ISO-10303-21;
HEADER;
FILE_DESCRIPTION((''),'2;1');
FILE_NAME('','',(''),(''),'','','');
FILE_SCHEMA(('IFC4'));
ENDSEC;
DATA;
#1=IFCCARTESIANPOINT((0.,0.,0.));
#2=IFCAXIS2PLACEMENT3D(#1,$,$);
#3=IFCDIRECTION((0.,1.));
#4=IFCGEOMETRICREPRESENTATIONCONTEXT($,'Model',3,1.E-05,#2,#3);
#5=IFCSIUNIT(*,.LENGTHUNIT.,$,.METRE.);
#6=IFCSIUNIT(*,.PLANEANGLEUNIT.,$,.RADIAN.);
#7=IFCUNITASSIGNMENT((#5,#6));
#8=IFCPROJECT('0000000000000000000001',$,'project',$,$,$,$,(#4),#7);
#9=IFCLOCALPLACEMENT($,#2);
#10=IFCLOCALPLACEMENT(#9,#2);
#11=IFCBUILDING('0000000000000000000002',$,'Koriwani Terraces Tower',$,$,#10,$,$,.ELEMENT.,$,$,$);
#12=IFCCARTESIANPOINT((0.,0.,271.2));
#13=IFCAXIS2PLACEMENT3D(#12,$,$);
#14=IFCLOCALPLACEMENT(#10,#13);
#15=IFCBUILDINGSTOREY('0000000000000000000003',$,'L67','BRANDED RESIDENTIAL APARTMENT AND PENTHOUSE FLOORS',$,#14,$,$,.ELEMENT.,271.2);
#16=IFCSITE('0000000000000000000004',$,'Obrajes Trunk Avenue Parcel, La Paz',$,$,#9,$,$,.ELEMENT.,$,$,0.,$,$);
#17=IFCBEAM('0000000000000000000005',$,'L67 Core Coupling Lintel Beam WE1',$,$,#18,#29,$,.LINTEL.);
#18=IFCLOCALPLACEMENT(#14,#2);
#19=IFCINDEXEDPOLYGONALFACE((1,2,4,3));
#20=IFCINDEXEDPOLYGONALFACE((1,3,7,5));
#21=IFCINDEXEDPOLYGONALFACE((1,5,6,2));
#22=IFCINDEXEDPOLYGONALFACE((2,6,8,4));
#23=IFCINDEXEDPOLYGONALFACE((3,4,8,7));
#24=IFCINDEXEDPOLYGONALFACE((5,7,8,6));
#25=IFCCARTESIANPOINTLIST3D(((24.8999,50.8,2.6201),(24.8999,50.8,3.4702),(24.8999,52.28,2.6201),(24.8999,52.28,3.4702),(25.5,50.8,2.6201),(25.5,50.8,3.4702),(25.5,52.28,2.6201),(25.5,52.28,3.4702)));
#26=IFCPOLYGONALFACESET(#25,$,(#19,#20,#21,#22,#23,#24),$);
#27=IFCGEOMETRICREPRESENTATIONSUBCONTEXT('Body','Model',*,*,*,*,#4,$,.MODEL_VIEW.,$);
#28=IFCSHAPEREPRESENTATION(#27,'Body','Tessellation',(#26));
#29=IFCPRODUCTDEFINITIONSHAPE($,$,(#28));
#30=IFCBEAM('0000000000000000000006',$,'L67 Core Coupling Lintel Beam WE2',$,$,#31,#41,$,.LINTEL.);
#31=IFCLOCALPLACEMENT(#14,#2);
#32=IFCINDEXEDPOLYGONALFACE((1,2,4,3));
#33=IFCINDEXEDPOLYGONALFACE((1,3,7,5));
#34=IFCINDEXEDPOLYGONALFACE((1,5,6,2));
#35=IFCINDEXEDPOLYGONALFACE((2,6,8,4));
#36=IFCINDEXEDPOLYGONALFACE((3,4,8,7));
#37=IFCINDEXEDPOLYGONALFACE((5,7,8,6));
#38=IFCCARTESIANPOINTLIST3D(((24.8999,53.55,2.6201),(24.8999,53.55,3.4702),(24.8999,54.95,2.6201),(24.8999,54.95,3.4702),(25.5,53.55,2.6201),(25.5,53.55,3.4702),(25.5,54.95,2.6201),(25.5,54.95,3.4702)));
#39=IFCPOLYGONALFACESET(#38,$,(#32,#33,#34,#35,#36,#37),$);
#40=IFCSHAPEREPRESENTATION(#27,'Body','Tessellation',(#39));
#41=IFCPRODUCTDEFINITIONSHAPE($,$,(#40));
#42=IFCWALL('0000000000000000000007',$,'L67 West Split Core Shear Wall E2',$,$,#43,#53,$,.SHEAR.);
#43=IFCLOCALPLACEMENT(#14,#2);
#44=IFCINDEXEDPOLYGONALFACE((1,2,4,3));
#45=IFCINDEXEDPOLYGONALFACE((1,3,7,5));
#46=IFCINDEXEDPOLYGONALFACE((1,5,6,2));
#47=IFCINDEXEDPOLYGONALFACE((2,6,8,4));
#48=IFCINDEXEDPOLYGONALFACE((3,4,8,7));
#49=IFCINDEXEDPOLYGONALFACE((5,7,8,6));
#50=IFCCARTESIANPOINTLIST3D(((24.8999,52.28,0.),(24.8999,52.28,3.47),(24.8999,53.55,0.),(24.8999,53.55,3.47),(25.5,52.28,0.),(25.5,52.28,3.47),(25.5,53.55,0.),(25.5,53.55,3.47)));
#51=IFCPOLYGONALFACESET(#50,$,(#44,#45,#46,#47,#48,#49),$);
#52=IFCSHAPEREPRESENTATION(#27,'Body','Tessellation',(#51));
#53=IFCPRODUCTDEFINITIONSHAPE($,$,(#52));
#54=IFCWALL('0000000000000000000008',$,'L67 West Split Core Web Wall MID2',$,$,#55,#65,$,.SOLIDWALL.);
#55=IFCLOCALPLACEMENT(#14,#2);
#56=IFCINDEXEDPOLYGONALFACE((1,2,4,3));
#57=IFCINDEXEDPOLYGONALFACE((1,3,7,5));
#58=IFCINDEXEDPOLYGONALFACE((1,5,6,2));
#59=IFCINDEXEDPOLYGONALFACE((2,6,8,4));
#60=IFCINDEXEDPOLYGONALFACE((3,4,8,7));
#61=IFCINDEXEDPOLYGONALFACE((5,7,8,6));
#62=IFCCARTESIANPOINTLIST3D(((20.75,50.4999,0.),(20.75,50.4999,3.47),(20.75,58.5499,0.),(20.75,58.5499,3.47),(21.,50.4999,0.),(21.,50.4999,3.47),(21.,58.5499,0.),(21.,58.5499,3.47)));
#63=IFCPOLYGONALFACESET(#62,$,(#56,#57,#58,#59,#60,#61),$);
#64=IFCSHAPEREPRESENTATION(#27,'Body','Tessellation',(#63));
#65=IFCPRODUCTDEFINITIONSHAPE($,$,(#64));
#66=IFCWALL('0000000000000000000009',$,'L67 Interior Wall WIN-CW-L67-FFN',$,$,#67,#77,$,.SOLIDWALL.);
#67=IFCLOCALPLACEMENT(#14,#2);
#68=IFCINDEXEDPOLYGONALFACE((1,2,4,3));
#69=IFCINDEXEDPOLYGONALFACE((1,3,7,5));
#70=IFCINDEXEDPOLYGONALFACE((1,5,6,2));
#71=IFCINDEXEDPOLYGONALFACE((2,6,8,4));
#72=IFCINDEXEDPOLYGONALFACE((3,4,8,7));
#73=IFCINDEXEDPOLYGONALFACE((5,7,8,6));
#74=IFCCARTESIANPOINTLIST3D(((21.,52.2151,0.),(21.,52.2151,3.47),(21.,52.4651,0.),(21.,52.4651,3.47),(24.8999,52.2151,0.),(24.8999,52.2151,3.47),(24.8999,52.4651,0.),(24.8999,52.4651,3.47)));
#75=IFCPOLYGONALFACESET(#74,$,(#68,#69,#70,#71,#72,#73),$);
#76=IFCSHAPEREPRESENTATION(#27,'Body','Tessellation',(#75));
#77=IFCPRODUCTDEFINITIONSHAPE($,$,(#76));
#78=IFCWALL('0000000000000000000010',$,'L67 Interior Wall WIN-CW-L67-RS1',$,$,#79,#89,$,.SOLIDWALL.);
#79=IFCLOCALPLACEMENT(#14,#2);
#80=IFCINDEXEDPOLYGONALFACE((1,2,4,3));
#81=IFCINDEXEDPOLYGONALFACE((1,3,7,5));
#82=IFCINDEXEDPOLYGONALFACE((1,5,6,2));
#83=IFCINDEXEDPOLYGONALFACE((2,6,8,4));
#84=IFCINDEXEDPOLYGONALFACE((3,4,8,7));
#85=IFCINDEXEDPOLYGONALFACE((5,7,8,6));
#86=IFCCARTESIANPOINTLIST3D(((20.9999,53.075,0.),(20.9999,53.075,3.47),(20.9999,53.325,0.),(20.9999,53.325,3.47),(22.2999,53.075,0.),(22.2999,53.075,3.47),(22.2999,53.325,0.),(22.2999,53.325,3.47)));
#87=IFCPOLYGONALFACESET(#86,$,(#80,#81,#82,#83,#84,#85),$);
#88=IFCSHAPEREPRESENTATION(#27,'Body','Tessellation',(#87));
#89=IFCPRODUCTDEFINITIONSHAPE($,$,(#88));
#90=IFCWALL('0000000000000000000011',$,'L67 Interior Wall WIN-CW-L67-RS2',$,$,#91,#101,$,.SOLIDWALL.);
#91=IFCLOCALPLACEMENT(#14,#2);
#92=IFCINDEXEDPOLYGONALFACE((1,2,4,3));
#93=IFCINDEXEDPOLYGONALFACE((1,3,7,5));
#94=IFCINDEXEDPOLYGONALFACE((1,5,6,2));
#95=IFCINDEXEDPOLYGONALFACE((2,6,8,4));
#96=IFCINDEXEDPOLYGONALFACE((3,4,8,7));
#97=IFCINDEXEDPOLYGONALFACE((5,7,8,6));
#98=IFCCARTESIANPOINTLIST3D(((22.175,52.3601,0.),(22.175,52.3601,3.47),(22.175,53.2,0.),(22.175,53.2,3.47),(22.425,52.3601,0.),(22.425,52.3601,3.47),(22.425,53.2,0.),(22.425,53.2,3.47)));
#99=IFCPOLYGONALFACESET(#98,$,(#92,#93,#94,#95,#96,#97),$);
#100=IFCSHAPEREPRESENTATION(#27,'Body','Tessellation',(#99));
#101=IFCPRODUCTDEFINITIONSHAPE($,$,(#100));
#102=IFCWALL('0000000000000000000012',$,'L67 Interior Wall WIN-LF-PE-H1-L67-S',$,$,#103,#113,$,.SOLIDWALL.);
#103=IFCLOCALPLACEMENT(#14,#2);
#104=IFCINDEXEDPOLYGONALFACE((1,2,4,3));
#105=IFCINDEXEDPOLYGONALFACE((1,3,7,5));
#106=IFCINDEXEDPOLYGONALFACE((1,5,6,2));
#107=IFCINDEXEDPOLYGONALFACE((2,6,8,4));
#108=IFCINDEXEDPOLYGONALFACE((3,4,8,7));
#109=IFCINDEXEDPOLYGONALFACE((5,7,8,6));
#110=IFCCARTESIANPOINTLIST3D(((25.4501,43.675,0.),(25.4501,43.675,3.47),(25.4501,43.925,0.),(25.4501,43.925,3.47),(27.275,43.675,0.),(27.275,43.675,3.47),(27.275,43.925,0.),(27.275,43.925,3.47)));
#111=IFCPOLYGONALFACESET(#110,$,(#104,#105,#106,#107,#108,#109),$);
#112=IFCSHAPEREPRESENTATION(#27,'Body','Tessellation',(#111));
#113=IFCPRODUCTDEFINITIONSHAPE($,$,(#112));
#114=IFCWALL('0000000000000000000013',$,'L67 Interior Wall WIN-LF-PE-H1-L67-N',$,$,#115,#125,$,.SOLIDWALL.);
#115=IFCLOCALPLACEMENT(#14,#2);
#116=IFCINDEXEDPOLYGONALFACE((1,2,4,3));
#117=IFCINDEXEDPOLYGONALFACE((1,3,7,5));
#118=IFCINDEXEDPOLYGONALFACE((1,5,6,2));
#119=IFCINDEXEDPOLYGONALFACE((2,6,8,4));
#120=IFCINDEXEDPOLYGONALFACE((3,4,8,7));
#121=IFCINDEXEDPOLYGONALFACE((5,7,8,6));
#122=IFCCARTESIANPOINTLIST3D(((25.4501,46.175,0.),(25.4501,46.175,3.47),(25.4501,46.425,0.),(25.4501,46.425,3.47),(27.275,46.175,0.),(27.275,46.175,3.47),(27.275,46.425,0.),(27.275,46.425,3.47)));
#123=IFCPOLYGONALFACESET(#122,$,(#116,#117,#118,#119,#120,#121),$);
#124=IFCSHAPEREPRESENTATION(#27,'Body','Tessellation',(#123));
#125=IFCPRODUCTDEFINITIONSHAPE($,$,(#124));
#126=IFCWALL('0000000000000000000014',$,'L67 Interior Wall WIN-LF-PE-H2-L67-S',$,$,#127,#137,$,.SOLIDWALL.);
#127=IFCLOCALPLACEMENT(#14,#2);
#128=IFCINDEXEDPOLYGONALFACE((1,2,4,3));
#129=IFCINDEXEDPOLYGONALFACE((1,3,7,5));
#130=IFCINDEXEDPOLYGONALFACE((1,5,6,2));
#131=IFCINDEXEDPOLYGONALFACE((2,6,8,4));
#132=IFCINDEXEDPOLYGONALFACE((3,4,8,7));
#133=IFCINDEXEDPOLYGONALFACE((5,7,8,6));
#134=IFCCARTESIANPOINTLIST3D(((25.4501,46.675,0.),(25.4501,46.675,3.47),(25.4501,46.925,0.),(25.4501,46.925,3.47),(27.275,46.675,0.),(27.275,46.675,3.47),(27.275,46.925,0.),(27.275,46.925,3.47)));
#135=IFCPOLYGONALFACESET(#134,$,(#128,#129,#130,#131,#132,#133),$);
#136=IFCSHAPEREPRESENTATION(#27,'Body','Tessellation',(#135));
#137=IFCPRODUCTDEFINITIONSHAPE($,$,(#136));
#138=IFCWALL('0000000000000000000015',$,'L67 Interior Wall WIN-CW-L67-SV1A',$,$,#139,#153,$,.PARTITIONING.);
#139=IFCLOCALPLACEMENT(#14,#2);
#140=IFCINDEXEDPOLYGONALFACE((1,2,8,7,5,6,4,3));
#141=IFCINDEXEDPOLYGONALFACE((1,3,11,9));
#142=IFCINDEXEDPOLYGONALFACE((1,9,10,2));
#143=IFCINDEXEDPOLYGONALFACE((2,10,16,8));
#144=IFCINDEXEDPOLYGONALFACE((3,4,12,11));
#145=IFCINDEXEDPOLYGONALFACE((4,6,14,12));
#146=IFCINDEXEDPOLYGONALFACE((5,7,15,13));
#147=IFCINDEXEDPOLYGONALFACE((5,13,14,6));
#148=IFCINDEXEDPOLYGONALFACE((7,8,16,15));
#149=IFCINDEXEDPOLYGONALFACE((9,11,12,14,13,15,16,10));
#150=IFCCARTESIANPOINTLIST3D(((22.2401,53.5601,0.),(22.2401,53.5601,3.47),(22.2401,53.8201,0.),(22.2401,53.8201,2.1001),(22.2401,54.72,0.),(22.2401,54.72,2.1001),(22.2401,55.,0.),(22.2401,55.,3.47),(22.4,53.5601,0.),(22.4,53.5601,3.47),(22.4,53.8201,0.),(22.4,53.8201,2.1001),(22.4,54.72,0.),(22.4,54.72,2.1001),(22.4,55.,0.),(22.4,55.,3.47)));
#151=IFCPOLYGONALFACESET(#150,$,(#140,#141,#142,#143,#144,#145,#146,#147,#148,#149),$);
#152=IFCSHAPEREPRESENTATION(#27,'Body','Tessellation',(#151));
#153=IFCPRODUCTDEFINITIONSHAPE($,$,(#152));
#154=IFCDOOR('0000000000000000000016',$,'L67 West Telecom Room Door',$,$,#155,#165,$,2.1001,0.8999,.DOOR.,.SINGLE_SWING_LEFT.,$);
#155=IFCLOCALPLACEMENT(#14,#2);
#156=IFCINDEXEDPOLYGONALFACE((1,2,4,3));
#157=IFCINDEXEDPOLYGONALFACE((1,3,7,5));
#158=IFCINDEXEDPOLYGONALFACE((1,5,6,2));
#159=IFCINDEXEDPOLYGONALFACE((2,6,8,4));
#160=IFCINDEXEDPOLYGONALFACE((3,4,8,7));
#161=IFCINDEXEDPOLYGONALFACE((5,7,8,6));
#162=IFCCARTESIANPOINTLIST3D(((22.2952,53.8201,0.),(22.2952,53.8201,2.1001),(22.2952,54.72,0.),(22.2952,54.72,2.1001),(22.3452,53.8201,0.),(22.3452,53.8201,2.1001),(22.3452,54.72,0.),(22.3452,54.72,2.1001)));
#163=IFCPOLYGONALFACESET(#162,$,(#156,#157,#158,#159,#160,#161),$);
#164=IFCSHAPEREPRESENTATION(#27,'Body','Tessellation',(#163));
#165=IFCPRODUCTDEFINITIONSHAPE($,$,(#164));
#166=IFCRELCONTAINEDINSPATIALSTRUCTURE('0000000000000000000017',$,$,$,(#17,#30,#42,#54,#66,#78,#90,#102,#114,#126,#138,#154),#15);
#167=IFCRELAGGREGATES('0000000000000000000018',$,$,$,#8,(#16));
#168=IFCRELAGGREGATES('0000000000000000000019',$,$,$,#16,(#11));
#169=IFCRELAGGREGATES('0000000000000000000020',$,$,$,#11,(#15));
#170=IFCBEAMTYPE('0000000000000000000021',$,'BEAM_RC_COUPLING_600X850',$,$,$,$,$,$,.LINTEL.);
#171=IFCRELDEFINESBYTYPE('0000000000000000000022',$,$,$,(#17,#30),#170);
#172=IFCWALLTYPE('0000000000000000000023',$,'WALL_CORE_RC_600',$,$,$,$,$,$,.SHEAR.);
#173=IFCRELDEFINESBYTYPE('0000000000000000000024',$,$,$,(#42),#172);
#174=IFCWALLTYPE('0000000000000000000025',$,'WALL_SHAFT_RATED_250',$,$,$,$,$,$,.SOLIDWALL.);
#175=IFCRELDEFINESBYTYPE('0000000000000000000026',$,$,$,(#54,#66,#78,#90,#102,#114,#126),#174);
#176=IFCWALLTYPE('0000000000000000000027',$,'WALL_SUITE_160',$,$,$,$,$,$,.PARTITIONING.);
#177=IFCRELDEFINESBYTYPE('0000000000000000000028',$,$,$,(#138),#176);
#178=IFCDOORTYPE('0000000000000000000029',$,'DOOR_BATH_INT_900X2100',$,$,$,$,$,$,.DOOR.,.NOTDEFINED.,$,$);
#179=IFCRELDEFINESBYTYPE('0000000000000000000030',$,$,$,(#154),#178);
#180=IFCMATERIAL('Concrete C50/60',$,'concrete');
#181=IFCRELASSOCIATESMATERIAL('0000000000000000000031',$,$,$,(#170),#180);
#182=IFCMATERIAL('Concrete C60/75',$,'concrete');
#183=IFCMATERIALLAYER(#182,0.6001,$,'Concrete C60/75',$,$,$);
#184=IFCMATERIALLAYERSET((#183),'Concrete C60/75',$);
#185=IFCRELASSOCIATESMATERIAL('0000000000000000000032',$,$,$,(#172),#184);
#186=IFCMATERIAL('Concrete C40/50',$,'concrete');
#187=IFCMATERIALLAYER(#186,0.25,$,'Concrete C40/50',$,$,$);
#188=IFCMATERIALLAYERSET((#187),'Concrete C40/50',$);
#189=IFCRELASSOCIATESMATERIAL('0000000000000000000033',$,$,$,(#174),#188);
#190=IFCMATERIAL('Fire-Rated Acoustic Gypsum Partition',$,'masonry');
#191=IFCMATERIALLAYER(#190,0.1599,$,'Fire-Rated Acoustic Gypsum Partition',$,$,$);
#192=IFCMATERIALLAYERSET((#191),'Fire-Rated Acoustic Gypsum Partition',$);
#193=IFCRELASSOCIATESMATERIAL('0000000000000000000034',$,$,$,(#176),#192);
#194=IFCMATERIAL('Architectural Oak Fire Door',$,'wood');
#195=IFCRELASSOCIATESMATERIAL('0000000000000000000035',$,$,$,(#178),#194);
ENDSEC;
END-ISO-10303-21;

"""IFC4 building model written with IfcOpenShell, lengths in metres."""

from ifc_helpers import new_model, si_unit, direction, frame, frame_2d, origin, origin_2d, place, context, subcontext, project, spatial, rectangle, extrude, material, layer, layer_set, material_profile, profile_set, type_object, element, fill, save


model = new_model("IFC4")

# Units and contexts
model_context = context("Model", 3, precision=1e-05, world=origin(), true_north=direction((0.0, 1.0)))
body_context = subcontext(model_context, "Body", "Model", "MODEL_VIEW")
ifc_project = project(units=[si_unit("LENGTHUNIT", "METRE"), si_unit("PLANEANGLEUNIT", "RADIAN")], contexts=[model_context])

# Site, building, storey
site_placement = place(None, origin())
site = spatial("IfcSite", under=ifc_project, at=site_placement, Name="Obrajes Trunk Avenue Parcel, La Paz", CompositionType="ELEMENT", RefElevation=0.0)
building_placement = place(site_placement, origin())
building = spatial("IfcBuilding", under=site, at=building_placement, Name="Koriwani Terraces Tower", CompositionType="ELEMENT")
storey_placement = place(building_placement, frame((0.0, 0.0, 271.2)))
storey = spatial("IfcBuildingStorey", under=building, at=storey_placement, Name="L67", Description="BRANDED RESIDENTIAL APARTMENT AND PENTHOUSE FLOORS", CompositionType="ELEMENT", Elevation=271.2)

# Beams
ifc_material_1 = material(Name="Concrete C50/60", Category="concrete")
ifc_material_profile = material_profile(ifc_material_1, rectangle(XDim=0.6001, YDim=0.8501, at=origin_2d()), Name="Concrete C50/60", Category="LoadBearing")
ifc_profile_set = profile_set([ifc_material_profile], Name="Concrete C50/60")
beam_type = type_object("IfcBeamType", Name="BEAM_RC_COUPLING_600X850", PredefinedType="LINTEL", material=ifc_profile_set)
beam_1_placement = place(storey_placement, frame((25.2, 50.8, 3.0452), z_axis=(0.0, 1.0, 0.0), x_axis=(-1.0, 0.0, 0.0)))
element("IfcBeam", 1, at=beam_1_placement, inside=storey, type_object=beam_type, Name="L67 Core Coupling Lintel Beam WE1", PredefinedType="LINTEL", context=body_context, shape_type="SweptSolid", body=[
    extrude(rectangle(XDim=0.6001, YDim=0.8501, at=origin_2d()), origin(), (0.0, 0.0, 1.0), 1.48),
])
beam_2_placement = place(storey_placement, frame((25.2, 53.55, 3.0452), z_axis=(0.0, 1.0, 0.0), x_axis=(-1.0, 0.0, 0.0)))
element("IfcBeam", 2, at=beam_2_placement, inside=storey, type_object=beam_type, Name="L67 Core Coupling Lintel Beam WE2", PredefinedType="LINTEL", context=body_context, shape_type="SweptSolid", body=[
    extrude(rectangle(XDim=0.6001, YDim=0.8501, at=origin_2d()), origin(), (0.0, 0.0, 1.0), 1.3999),
])

# Walls
ifc_material_2 = material(Name="Concrete C60/75", Category="concrete")
ifc_layer_1 = layer(ifc_material_2, 0.6001, Name="Concrete C60/75")
ifc_layer_set_1 = layer_set([ifc_layer_1], Name="Concrete C60/75")
wall_type_1 = type_object("IfcWallType", Name="WALL_CORE_RC_600", PredefinedType="SHEAR", material=ifc_layer_set_1)
wall_1_placement = place(storey_placement, frame((25.2, 52.28, 0.0), z_axis=(0.0, 0.0, 1.0), x_axis=(0.0, 1.0, 0.0)))
element("IfcWall", 3, at=wall_1_placement, inside=storey, type_object=wall_type_1, Name="L67 West Split Core Shear Wall E2", PredefinedType="SHEAR", context=body_context, shape_type="SweptSolid", body=[
    extrude(rectangle(XDim=1.27, YDim=0.6001, at=frame_2d((0.635, 0.0))), origin(), (0.0, 0.0, 1.0), 3.47),
])
ifc_material_3 = material(Name="Concrete C40/50", Category="concrete")
ifc_layer_2 = layer(ifc_material_3, 0.25, Name="Concrete C40/50")
ifc_layer_set_2 = layer_set([ifc_layer_2], Name="Concrete C40/50")
wall_type_2 = type_object("IfcWallType", Name="WALL_SHAFT_RATED_250", PredefinedType="SOLIDWALL", material=ifc_layer_set_2)
wall_2_placement = place(storey_placement, frame((20.875, 50.5, 0.0), z_axis=(0.0, 0.0, 1.0), x_axis=(0.0, 1.0, 0.0)))
element("IfcWall", 4, at=wall_2_placement, inside=storey, type_object=wall_type_2, Name="L67 West Split Core Web Wall MID2", PredefinedType="SOLIDWALL", context=body_context, shape_type="SweptSolid", body=[
    extrude(rectangle(XDim=8.05, YDim=0.25, at=frame_2d((4.0249, 0.0))), origin(), (0.0, 0.0, 1.0), 3.47),
])

# Wall
wall_3_placement = place(storey_placement, frame((21.0, 52.3401, 0.0), z_axis=(0.0, 0.0, 1.0), x_axis=(1.0, 0.0, 0.0)))
element("IfcWall", 5, at=wall_3_placement, inside=storey, type_object=wall_type_2, Name="L67 Interior Wall WIN-CW-L67-FFN", PredefinedType="SOLIDWALL", context=body_context, shape_type="SweptSolid", body=[
    extrude(rectangle(XDim=3.8999, YDim=0.25, at=frame_2d((1.95, 0.0))), origin(), (0.0, 0.0, 1.0), 3.47),
])

# Walls
wall_4_placement = place(storey_placement, frame((21.0, 53.2, 0.0), z_axis=(0.0, 0.0, 1.0), x_axis=(1.0, 0.0, 0.0)))
element("IfcWall", 6, at=wall_4_placement, inside=storey, type_object=wall_type_2, Name="L67 Interior Wall WIN-CW-L67-RS1", PredefinedType="SOLIDWALL", context=body_context, shape_type="SweptSolid", body=[
    extrude(rectangle(XDim=1.3, YDim=0.25, at=frame_2d((0.6499, 0.0))), origin(), (0.0, 0.0, 1.0), 3.47),
])
wall_5_placement = place(storey_placement, frame((22.3, 52.3601, 0.0), z_axis=(0.0, 0.0, 1.0), x_axis=(0.0, 1.0, 0.0)))
element("IfcWall", 7, at=wall_5_placement, inside=storey, type_object=wall_type_2, Name="L67 Interior Wall WIN-CW-L67-RS2", PredefinedType="SOLIDWALL", context=body_context, shape_type="SweptSolid", body=[
    extrude(rectangle(XDim=0.8398, YDim=0.25, at=frame_2d((0.4199, 0.0))), origin(), (0.0, 0.0, 1.0), 3.47),
])
for number, where, z_axis, x_axis, name in (
    (8, (25.45, 43.8, 0.0), (0.0, 0.0, 1.0), (1.0, 0.0, 0.0), "L67 Interior Wall WIN-LF-PE-H1-L67-S"),
    (9, (25.45, 46.3, 0.0), (0.0, 0.0, 1.0), (1.0, 0.0, 0.0), "L67 Interior Wall WIN-LF-PE-H1-L67-N"),
    (10, (25.45, 46.8, 0.0), (0.0, 0.0, 1.0), (1.0, 0.0, 0.0), "L67 Interior Wall WIN-LF-PE-H2-L67-S"),
):
    element("IfcWall", number, at=place(storey_placement, frame(where, z_axis=z_axis, x_axis=x_axis)), inside=storey, type_object=wall_type_2, Name=name, PredefinedType="SOLIDWALL", context=body_context, shape_type="SweptSolid", body=[
        extrude(rectangle(XDim=1.825, YDim=0.25, at=frame_2d((0.9126, 0.0))), origin(), (0.0, 0.0, 1.0), 3.47),
    ])

# Wall, opening, door
ifc_material_4 = material(Name="Fire-Rated Acoustic Gypsum Partition", Category="masonry")
ifc_layer_3 = layer(ifc_material_4, 0.1599, Name="Fire-Rated Acoustic Gypsum Partition")
ifc_layer_set_3 = layer_set([ifc_layer_3], Name="Fire-Rated Acoustic Gypsum Partition")
wall_type_3 = type_object("IfcWallType", Name="WALL_SUITE_160", PredefinedType="PARTITIONING", material=ifc_layer_set_3)
wall_6_placement = place(storey_placement, frame((22.3201, 53.5601, 0.0), z_axis=(0.0, 0.0, 1.0), x_axis=(0.0, 1.0, 0.0)))
wall_6 = element("IfcWall", 11, at=wall_6_placement, inside=storey, type_object=wall_type_3, Name="L67 Interior Wall WIN-CW-L67-SV1A", PredefinedType="PARTITIONING", context=body_context, shape_type="SweptSolid", body=[
    extrude(rectangle(XDim=1.4399, YDim=0.1599, at=frame_2d((0.72, 0.0))), origin(), (0.0, 0.0, 1.0), 3.47),
])
opening_1_placement = place(wall_6_placement, frame((0.26, 0.0, 0.0)))
opening_1 = element("IfcOpeningElement", 12, at=opening_1_placement, cuts=wall_6, PredefinedType="OPENING", context=body_context, shape_type="SweptSolid", body=[
    extrude(rectangle(XDim=0.8999, YDim=2.1001, at=frame_2d((0.45, 1.05))), frame((0.0, 0.0898, 0.0), z_axis=(0.0, -1.0, 0.0), x_axis=(1.0, 0.0, 0.0)), (0.0, 0.0, 1.0), 0.1799),
])
ifc_material_5 = material(Name="Architectural Oak Fire Door", Category="wood")
door_type_1 = type_object("IfcDoorType", Name="DOOR_BATH_INT_900X2100", OperationType="NOTDEFINED", PredefinedType="DOOR", material=ifc_material_5)
door_1_placement = place(opening_1_placement, origin())
door_1 = element("IfcDoor", 13, at=door_1_placement, inside=storey, type_object=door_type_1, Name="L67 West Telecom Room Door", OperationType="SINGLE_SWING_LEFT", OverallHeight=2.1001, OverallWidth=0.8999, PredefinedType="DOOR", context=body_context, shape_type="SweptSolid", body=[
    extrude(rectangle(XDim=0.8999, YDim=2.1001, at=frame_2d((0.45, 1.05))), frame((0.0, 0.0249, 0.0), z_axis=(0.0, -1.0, 0.0), x_axis=(1.0, 0.0, 0.0)), (0.0, 0.0, 1.0), 0.05),
])
fill(opening_1, door_1)

save(model, "model.ifc")
